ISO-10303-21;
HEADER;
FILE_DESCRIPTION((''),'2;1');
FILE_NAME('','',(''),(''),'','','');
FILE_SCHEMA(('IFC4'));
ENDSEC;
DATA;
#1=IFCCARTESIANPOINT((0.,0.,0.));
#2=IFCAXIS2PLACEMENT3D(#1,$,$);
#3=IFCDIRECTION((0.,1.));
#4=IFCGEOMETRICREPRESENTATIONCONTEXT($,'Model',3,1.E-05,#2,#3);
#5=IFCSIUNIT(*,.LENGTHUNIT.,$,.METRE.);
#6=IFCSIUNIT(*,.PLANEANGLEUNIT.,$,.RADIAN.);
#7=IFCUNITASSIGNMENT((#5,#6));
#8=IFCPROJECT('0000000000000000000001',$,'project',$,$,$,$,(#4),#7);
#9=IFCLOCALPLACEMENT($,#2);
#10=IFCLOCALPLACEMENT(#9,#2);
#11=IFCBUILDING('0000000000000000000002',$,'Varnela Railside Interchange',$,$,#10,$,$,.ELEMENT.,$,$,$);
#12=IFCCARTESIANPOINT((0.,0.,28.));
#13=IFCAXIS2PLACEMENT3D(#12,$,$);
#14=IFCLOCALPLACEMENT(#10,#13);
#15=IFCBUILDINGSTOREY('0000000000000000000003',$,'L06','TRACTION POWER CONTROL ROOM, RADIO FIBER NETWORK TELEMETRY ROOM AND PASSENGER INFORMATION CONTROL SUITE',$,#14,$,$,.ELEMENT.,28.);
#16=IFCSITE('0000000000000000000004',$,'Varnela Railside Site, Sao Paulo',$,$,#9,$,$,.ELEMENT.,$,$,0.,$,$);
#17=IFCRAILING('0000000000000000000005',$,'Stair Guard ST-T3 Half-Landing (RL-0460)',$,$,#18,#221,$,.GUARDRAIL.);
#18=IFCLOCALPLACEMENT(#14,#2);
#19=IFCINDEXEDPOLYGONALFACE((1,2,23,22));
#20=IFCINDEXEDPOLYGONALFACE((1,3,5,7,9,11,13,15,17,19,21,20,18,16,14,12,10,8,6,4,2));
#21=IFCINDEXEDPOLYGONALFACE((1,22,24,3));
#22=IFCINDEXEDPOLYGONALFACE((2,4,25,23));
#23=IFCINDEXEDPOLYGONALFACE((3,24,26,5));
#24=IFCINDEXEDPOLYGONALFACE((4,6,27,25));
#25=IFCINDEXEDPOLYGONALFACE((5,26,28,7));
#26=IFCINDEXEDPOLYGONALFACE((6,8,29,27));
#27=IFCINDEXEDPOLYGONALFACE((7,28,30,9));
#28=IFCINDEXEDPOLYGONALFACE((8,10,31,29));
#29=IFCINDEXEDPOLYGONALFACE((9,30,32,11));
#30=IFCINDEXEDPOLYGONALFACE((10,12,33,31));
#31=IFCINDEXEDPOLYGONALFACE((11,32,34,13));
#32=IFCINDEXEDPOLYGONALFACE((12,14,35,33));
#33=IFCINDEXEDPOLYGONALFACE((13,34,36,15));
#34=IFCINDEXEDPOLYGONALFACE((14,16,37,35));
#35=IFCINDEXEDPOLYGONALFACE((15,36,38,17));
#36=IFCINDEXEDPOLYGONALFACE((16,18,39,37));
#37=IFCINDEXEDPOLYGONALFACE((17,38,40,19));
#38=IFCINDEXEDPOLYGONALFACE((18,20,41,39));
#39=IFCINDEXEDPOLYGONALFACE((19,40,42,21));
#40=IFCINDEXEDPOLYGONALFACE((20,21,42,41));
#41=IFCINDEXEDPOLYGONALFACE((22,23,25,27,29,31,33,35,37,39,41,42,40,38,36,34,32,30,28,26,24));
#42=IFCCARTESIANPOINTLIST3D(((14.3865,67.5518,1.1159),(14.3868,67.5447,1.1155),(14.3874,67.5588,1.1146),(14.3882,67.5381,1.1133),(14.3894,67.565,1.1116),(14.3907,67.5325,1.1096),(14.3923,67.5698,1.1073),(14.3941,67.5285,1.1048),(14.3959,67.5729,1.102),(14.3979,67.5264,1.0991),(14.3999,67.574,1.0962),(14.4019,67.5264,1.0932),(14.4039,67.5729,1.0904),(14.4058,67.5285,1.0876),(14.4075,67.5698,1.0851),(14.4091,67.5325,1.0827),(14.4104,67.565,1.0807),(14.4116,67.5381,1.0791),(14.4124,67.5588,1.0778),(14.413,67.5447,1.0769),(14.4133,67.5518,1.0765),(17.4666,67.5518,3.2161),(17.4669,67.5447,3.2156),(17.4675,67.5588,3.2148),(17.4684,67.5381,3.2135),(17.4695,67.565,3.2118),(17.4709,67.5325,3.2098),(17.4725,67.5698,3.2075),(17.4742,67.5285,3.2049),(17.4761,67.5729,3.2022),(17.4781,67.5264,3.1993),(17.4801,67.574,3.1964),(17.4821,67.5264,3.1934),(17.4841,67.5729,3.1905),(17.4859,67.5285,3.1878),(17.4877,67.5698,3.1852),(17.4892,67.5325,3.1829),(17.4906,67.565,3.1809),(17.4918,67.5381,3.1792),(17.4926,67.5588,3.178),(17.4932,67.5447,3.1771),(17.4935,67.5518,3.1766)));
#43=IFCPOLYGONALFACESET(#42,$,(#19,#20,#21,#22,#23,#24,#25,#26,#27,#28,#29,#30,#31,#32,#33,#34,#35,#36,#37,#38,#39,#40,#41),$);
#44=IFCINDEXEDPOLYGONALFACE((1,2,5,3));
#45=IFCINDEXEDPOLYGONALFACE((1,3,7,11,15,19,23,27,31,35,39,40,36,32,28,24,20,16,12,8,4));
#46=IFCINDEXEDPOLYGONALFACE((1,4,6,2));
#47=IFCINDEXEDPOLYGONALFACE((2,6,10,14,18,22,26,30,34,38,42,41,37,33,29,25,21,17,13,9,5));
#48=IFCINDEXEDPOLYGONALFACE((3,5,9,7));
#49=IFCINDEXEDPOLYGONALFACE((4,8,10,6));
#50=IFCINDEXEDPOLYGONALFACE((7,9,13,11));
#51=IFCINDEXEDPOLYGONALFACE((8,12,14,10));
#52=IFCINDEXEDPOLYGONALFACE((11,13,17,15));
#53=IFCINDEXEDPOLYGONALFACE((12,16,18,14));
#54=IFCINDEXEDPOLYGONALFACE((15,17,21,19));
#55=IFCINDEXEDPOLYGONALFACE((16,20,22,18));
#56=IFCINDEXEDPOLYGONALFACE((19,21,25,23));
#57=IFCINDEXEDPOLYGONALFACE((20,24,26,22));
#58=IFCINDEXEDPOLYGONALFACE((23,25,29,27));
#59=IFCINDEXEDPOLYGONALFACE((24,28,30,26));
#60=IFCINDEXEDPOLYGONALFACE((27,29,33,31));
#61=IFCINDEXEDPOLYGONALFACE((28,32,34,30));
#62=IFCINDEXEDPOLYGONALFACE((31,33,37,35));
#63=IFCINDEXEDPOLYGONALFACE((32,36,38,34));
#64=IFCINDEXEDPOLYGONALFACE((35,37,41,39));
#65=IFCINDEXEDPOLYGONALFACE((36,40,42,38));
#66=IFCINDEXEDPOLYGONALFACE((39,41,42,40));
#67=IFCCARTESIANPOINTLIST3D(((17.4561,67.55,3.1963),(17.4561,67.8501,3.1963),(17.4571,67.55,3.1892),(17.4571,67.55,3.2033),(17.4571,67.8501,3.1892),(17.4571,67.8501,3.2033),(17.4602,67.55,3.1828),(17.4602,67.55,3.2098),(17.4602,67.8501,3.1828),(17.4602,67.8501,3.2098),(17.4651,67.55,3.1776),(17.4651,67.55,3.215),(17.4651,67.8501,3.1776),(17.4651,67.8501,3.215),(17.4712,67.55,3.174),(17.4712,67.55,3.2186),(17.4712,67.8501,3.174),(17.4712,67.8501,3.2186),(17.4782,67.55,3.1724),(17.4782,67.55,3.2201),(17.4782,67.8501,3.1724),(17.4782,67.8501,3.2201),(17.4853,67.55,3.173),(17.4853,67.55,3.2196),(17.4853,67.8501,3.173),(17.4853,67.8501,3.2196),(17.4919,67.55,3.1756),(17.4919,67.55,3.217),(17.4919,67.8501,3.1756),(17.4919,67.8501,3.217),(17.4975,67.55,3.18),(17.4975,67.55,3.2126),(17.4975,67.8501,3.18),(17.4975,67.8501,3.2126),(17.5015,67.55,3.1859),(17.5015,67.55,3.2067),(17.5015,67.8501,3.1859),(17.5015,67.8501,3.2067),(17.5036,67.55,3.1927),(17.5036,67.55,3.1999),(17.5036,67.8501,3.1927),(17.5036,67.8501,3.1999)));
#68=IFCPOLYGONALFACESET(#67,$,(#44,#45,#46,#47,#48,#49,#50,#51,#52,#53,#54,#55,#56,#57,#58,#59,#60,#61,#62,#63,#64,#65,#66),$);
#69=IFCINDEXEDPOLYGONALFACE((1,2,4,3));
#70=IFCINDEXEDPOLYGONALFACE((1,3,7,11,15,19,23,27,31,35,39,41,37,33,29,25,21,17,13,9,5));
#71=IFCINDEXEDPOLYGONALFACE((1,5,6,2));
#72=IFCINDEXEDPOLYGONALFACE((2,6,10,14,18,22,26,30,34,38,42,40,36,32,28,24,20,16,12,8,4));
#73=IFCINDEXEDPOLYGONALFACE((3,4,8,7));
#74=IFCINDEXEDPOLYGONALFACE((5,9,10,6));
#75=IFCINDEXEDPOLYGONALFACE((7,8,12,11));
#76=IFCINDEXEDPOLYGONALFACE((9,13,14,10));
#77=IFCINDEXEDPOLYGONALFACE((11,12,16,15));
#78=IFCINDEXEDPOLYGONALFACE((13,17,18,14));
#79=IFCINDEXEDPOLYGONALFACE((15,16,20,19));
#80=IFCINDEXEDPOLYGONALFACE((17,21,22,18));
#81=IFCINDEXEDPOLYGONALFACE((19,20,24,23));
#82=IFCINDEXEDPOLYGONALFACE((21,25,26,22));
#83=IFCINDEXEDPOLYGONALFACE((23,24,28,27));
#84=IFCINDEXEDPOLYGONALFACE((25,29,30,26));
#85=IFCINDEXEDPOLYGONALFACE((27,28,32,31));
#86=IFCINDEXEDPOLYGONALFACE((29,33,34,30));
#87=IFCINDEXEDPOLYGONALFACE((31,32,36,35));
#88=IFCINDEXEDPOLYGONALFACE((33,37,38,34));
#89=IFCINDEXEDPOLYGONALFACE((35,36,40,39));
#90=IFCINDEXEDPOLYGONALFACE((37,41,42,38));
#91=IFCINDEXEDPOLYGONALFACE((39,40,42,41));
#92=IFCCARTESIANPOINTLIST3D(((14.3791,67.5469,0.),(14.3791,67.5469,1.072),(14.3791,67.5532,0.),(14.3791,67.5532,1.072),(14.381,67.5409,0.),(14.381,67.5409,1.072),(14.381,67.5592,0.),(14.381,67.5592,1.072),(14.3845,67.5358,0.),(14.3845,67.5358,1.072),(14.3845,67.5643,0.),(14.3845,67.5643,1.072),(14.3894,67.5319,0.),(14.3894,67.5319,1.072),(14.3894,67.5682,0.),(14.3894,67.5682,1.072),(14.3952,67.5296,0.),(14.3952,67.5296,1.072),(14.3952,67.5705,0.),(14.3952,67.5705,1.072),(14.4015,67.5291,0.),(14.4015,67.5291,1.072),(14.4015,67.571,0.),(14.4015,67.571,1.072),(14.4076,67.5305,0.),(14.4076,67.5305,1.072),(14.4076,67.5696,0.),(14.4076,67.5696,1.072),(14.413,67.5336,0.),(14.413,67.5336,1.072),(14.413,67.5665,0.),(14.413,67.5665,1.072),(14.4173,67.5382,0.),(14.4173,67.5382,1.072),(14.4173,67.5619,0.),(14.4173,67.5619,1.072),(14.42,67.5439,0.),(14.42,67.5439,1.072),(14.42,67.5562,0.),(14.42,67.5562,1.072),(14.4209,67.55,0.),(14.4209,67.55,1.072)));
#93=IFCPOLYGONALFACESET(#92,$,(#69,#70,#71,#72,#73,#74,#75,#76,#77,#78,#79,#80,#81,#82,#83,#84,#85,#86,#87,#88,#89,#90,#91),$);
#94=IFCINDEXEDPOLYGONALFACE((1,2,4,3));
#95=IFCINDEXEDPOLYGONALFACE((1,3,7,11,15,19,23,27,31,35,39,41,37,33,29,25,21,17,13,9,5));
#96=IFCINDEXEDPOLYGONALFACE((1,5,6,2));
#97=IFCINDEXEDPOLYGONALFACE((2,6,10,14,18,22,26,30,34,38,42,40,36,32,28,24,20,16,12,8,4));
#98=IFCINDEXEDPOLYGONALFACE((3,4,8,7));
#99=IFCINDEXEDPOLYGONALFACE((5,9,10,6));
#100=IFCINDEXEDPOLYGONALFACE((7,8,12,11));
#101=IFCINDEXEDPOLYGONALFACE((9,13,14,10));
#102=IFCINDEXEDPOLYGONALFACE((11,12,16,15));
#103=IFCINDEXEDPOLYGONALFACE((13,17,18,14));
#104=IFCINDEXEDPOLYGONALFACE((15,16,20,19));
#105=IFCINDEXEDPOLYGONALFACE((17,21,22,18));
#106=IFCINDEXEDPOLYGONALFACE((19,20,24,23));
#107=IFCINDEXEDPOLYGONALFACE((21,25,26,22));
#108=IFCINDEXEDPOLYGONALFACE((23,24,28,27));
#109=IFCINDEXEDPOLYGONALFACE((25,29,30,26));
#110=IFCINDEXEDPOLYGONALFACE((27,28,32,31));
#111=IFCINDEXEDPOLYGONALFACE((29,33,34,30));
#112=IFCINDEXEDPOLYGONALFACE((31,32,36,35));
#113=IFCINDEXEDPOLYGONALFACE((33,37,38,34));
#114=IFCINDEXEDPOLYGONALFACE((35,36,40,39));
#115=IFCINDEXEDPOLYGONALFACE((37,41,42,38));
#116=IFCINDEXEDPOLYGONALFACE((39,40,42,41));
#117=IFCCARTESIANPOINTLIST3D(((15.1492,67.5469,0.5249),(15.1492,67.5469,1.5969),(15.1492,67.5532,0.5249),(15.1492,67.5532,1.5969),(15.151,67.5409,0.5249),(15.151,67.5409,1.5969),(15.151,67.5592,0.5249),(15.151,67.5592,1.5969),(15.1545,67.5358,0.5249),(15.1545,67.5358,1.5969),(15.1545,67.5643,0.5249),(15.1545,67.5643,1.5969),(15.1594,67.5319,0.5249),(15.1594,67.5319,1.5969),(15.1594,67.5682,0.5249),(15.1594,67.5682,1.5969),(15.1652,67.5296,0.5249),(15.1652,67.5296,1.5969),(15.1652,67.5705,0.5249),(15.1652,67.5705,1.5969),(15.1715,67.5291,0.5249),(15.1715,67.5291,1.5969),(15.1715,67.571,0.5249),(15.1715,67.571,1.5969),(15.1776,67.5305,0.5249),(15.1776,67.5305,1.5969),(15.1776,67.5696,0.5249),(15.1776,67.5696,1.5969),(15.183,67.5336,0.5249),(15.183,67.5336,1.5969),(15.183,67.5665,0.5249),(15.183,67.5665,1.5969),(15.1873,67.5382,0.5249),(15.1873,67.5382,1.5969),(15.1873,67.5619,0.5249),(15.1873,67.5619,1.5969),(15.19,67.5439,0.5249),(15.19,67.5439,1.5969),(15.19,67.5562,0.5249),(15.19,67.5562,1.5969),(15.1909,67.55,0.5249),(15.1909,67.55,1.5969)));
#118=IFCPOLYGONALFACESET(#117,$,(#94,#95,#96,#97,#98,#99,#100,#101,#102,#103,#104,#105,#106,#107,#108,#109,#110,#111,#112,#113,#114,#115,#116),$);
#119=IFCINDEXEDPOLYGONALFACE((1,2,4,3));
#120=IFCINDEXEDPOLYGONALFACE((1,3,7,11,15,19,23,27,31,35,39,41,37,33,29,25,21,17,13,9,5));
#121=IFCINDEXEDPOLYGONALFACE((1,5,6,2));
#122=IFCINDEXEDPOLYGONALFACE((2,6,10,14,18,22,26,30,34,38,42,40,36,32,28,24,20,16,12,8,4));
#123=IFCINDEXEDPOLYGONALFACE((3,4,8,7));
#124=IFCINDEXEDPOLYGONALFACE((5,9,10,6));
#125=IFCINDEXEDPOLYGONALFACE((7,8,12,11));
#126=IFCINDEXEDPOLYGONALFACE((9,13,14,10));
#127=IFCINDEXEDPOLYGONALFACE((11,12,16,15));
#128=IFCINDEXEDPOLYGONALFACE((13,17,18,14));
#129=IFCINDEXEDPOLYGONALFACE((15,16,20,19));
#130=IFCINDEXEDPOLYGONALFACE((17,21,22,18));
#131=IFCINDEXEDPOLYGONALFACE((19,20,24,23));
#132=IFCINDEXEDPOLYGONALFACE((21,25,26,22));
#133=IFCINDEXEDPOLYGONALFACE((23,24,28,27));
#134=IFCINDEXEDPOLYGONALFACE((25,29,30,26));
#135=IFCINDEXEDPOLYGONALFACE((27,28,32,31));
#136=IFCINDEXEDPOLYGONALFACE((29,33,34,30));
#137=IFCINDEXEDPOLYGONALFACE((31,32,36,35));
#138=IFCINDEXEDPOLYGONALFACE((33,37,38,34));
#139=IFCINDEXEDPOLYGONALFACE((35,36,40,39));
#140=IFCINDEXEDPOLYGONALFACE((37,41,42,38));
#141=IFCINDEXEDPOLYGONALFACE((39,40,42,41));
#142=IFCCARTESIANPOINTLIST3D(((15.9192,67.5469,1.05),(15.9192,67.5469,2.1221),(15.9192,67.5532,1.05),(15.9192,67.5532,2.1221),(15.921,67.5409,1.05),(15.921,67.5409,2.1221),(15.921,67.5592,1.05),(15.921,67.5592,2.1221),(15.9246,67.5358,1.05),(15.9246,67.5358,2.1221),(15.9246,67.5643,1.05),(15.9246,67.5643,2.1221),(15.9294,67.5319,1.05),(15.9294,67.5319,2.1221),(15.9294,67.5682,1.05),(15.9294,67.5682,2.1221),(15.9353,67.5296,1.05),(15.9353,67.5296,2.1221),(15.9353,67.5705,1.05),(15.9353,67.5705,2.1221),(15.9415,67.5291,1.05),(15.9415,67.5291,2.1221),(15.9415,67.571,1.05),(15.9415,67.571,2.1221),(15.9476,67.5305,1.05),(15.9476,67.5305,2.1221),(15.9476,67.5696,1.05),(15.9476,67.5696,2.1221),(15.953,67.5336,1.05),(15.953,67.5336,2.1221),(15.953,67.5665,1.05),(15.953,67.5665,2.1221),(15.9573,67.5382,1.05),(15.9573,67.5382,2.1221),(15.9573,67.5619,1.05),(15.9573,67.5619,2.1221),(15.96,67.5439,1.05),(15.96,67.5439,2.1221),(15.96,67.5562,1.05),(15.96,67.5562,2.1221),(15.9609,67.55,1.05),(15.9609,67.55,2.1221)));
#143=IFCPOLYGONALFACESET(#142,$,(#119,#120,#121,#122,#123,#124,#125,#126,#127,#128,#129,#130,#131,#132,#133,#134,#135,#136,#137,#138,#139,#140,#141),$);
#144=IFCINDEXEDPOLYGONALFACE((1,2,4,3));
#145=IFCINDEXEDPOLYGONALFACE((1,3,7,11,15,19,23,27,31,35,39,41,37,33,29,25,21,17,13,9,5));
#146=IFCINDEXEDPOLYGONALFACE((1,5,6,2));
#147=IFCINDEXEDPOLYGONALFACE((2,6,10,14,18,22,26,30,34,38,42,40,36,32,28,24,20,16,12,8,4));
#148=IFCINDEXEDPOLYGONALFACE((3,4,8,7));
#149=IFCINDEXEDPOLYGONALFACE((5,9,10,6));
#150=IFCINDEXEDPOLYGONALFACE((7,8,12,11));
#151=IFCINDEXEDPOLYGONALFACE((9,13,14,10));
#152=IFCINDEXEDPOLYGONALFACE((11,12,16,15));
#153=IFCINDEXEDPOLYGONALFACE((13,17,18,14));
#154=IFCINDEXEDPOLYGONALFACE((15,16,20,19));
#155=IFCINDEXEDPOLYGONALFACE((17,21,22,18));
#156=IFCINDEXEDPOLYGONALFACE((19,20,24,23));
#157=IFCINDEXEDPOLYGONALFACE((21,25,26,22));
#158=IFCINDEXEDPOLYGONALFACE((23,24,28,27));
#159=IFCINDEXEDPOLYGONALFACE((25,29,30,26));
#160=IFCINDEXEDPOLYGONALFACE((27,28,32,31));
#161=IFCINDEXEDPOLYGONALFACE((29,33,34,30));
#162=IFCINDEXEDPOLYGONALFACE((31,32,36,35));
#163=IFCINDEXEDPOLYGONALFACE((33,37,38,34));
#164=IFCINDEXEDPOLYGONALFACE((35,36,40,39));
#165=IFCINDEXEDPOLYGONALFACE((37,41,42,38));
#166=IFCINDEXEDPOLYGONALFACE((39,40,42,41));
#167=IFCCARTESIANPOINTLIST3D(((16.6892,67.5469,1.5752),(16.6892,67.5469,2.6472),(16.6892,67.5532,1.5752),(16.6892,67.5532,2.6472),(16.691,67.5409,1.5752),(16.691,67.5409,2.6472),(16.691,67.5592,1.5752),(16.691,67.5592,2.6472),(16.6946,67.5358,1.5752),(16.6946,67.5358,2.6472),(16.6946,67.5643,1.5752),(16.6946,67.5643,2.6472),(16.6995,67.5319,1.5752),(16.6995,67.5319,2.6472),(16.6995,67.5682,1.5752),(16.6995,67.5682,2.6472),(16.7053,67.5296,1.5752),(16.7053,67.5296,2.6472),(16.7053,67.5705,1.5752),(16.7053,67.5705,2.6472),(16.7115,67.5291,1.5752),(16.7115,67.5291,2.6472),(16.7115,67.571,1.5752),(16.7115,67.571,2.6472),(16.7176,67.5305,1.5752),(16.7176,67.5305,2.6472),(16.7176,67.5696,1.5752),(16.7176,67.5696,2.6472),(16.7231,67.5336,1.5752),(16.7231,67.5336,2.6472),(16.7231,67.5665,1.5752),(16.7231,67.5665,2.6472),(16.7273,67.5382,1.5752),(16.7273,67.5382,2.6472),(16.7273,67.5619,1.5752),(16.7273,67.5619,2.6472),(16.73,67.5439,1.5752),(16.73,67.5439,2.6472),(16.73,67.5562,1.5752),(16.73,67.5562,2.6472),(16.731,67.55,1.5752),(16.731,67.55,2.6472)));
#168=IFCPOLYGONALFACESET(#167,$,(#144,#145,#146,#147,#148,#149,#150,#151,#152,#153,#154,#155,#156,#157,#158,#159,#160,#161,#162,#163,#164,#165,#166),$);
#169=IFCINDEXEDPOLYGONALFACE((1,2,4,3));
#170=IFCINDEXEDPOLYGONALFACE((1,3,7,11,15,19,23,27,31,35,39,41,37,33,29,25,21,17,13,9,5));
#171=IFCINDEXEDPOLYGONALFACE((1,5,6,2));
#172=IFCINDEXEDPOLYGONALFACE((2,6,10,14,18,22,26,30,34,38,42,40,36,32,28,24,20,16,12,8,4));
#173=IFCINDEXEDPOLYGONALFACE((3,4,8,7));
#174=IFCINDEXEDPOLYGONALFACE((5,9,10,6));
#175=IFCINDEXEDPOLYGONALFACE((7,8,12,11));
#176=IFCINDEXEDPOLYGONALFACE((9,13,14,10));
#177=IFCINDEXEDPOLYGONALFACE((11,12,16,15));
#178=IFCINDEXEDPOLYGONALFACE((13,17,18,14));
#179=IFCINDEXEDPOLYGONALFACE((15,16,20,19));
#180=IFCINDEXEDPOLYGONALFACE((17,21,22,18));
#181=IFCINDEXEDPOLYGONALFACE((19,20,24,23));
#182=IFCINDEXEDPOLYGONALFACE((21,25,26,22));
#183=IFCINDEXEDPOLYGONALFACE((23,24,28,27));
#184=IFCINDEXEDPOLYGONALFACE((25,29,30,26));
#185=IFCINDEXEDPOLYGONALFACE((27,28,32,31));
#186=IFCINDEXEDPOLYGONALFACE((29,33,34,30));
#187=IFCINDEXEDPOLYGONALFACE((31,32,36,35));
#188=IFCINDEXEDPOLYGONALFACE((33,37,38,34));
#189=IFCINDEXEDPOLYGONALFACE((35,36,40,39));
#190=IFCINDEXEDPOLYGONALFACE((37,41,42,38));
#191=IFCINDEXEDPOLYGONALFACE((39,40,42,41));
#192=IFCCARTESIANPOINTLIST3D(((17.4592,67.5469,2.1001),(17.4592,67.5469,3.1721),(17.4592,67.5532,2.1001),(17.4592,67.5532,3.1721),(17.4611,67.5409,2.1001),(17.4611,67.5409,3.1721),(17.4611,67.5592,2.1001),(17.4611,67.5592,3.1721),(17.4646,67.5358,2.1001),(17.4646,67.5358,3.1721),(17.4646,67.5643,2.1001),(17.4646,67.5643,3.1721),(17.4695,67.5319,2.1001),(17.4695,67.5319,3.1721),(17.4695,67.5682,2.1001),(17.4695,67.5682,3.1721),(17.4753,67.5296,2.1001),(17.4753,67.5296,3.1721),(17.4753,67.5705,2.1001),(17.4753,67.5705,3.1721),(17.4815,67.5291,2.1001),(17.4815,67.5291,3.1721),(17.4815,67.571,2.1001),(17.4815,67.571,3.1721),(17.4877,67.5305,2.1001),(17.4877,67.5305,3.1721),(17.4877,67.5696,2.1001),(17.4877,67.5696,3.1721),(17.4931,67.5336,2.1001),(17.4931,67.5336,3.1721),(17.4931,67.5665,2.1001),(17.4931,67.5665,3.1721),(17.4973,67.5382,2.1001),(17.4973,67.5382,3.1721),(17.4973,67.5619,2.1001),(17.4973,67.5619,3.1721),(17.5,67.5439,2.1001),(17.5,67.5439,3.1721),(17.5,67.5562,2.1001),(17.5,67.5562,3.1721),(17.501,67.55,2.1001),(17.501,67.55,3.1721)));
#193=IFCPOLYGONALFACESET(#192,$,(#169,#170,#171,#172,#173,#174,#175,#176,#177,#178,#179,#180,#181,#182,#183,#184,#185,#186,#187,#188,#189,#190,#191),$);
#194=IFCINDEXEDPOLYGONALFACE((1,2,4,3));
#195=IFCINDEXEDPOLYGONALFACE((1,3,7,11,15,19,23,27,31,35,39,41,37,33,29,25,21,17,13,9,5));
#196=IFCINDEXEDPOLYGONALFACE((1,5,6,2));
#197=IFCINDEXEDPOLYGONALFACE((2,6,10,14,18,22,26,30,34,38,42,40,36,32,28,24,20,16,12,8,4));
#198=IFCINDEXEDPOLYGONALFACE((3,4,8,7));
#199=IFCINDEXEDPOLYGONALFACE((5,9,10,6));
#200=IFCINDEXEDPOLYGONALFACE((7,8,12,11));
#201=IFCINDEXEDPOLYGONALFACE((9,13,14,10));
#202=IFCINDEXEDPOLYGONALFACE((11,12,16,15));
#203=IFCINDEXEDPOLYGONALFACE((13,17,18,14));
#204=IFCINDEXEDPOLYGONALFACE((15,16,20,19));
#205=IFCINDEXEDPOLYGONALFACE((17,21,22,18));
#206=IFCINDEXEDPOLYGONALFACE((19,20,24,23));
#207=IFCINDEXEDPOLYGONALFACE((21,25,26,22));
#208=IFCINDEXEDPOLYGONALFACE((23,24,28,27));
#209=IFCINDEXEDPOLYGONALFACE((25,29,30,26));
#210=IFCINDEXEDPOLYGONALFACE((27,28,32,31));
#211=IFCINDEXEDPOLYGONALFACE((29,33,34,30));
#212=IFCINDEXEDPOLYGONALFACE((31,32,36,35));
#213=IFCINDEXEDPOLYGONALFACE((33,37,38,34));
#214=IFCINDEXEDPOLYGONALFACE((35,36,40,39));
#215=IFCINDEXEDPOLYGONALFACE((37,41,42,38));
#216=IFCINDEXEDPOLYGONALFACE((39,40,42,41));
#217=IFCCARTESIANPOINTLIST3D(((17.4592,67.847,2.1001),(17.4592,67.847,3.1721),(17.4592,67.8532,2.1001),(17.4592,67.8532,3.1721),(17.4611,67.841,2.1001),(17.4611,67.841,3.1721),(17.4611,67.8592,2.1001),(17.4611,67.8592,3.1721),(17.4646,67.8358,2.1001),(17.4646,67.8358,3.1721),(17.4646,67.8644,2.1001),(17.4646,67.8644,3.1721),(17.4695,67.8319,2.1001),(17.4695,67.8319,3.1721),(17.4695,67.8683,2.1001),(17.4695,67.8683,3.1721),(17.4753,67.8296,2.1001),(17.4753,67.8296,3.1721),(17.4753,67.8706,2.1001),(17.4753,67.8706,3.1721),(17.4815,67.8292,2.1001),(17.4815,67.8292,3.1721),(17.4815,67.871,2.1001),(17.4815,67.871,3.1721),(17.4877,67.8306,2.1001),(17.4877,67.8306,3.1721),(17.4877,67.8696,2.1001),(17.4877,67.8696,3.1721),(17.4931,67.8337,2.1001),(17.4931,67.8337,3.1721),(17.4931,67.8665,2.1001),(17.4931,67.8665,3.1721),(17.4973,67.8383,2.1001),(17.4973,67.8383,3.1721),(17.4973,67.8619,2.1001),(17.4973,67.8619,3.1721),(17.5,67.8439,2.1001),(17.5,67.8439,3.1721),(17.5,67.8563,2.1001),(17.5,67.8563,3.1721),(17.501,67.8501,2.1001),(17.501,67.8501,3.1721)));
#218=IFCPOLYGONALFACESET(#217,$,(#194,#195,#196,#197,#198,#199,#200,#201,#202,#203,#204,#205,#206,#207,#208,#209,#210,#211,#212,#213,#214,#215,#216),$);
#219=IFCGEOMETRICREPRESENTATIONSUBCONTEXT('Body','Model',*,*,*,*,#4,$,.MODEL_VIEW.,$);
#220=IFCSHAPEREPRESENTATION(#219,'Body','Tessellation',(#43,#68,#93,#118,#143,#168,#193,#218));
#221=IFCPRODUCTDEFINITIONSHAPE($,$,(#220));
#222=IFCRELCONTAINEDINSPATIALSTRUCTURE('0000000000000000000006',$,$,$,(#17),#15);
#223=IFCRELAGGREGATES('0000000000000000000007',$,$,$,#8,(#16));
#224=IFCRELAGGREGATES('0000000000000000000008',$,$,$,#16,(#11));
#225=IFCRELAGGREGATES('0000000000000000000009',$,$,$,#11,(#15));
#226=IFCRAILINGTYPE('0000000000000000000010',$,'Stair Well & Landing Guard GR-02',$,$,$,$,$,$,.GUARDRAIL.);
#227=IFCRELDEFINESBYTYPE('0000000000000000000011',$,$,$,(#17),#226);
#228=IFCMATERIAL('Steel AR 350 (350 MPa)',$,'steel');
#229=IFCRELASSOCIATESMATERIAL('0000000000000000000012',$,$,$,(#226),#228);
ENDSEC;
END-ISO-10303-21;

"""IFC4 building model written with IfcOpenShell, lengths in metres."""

from ifc_helpers import new_model, si_unit, direction, frame, origin, origin_2d, place, context, subcontext, project, spatial, circle, extrude, material, type_object, element, save


model = new_model("IFC4")

# Units and contexts
model_context = context("Model", 3, precision=1e-05, world=origin(), true_north=direction((0.0, 1.0)))
body_context = subcontext(model_context, "Body", "Model", "MODEL_VIEW")
ifc_project = project(units=[si_unit("LENGTHUNIT", "METRE"), si_unit("PLANEANGLEUNIT", "RADIAN")], contexts=[model_context])

# Site, building, storey
site_placement = place(None, origin())
site = spatial("IfcSite", under=ifc_project, at=site_placement, Name="Varnela Railside Site, Sao Paulo", CompositionType="ELEMENT", RefElevation=0.0)
building_placement = place(site_placement, origin())
building = spatial("IfcBuilding", under=site, at=building_placement, Name="Varnela Railside Interchange", CompositionType="ELEMENT")
storey_placement = place(building_placement, frame((0.0, 0.0, 28.0)))
storey = spatial("IfcBuildingStorey", under=building, at=storey_placement, Name="L06", Description="TRACTION POWER CONTROL ROOM, RADIO FIBER NETWORK TELEMETRY ROOM AND PASSENGER INFORMATION CONTROL SUITE", CompositionType="ELEMENT", Elevation=28.0)

# Shared definitions
ifc_material_1 = material(Name="Steel AR 350 (350 MPa)", Category="steel")

# Railing
railing_type_1 = type_object("IfcRailingType", Name="Stair Well & Landing Guard GR-02", PredefinedType="GUARDRAIL", material=ifc_material_1)
railing_1_placement = place(storey_placement, frame((14.3999, 67.55, 0.0)))
element("IfcRailing", 1, at=railing_1_placement, inside=storey, type_object=railing_type_1, Name="Stair Guard ST-T3 Half-Landing (RL-0460)", PredefinedType="GUARDRAIL", context=body_context, shape_type="SweptSolid", body=[
    extrude(circle(Radius=0.0239, at=origin_2d()), frame((0.0, 0.0, 1.0962), z_axis=(0.826222, 0.0, 0.563345), x_axis=(0.0, 1.0, 0.0)), (0.0, 0.0, 1.0), 3.728),
    extrude(circle(Radius=0.0239, at=origin_2d()), frame((3.0801, 0.0, 3.1963), z_axis=(0.0, 1.0, 0.0), x_axis=(-1.0, 0.0, 0.0)), (0.0, 0.0, 1.0), 0.3),
    extrude(circle(Radius=0.021, at=origin_2d()), origin(), (0.0, 0.0, 1.0), 1.072),
    extrude(circle(Radius=0.021, at=origin_2d()), frame((0.77, 0.0, 0.5249)), (0.0, 0.0, 1.0), 1.072),
    extrude(circle(Radius=0.021, at=origin_2d()), frame((1.54, 0.0, 1.05)), (0.0, 0.0, 1.0), 1.072),
    extrude(circle(Radius=0.021, at=origin_2d()), frame((2.3101, 0.0, 1.5752)), (0.0, 0.0, 1.0), 1.072),
    extrude(circle(Radius=0.021, at=origin_2d()), frame((3.0801, 0.0, 2.1001)), (0.0, 0.0, 1.0), 1.072),
    extrude(circle(Radius=0.021, at=origin_2d()), frame((3.0801, 0.3, 2.1001)), (0.0, 0.0, 1.0), 1.072),
])

save(model, "model.ifc")
